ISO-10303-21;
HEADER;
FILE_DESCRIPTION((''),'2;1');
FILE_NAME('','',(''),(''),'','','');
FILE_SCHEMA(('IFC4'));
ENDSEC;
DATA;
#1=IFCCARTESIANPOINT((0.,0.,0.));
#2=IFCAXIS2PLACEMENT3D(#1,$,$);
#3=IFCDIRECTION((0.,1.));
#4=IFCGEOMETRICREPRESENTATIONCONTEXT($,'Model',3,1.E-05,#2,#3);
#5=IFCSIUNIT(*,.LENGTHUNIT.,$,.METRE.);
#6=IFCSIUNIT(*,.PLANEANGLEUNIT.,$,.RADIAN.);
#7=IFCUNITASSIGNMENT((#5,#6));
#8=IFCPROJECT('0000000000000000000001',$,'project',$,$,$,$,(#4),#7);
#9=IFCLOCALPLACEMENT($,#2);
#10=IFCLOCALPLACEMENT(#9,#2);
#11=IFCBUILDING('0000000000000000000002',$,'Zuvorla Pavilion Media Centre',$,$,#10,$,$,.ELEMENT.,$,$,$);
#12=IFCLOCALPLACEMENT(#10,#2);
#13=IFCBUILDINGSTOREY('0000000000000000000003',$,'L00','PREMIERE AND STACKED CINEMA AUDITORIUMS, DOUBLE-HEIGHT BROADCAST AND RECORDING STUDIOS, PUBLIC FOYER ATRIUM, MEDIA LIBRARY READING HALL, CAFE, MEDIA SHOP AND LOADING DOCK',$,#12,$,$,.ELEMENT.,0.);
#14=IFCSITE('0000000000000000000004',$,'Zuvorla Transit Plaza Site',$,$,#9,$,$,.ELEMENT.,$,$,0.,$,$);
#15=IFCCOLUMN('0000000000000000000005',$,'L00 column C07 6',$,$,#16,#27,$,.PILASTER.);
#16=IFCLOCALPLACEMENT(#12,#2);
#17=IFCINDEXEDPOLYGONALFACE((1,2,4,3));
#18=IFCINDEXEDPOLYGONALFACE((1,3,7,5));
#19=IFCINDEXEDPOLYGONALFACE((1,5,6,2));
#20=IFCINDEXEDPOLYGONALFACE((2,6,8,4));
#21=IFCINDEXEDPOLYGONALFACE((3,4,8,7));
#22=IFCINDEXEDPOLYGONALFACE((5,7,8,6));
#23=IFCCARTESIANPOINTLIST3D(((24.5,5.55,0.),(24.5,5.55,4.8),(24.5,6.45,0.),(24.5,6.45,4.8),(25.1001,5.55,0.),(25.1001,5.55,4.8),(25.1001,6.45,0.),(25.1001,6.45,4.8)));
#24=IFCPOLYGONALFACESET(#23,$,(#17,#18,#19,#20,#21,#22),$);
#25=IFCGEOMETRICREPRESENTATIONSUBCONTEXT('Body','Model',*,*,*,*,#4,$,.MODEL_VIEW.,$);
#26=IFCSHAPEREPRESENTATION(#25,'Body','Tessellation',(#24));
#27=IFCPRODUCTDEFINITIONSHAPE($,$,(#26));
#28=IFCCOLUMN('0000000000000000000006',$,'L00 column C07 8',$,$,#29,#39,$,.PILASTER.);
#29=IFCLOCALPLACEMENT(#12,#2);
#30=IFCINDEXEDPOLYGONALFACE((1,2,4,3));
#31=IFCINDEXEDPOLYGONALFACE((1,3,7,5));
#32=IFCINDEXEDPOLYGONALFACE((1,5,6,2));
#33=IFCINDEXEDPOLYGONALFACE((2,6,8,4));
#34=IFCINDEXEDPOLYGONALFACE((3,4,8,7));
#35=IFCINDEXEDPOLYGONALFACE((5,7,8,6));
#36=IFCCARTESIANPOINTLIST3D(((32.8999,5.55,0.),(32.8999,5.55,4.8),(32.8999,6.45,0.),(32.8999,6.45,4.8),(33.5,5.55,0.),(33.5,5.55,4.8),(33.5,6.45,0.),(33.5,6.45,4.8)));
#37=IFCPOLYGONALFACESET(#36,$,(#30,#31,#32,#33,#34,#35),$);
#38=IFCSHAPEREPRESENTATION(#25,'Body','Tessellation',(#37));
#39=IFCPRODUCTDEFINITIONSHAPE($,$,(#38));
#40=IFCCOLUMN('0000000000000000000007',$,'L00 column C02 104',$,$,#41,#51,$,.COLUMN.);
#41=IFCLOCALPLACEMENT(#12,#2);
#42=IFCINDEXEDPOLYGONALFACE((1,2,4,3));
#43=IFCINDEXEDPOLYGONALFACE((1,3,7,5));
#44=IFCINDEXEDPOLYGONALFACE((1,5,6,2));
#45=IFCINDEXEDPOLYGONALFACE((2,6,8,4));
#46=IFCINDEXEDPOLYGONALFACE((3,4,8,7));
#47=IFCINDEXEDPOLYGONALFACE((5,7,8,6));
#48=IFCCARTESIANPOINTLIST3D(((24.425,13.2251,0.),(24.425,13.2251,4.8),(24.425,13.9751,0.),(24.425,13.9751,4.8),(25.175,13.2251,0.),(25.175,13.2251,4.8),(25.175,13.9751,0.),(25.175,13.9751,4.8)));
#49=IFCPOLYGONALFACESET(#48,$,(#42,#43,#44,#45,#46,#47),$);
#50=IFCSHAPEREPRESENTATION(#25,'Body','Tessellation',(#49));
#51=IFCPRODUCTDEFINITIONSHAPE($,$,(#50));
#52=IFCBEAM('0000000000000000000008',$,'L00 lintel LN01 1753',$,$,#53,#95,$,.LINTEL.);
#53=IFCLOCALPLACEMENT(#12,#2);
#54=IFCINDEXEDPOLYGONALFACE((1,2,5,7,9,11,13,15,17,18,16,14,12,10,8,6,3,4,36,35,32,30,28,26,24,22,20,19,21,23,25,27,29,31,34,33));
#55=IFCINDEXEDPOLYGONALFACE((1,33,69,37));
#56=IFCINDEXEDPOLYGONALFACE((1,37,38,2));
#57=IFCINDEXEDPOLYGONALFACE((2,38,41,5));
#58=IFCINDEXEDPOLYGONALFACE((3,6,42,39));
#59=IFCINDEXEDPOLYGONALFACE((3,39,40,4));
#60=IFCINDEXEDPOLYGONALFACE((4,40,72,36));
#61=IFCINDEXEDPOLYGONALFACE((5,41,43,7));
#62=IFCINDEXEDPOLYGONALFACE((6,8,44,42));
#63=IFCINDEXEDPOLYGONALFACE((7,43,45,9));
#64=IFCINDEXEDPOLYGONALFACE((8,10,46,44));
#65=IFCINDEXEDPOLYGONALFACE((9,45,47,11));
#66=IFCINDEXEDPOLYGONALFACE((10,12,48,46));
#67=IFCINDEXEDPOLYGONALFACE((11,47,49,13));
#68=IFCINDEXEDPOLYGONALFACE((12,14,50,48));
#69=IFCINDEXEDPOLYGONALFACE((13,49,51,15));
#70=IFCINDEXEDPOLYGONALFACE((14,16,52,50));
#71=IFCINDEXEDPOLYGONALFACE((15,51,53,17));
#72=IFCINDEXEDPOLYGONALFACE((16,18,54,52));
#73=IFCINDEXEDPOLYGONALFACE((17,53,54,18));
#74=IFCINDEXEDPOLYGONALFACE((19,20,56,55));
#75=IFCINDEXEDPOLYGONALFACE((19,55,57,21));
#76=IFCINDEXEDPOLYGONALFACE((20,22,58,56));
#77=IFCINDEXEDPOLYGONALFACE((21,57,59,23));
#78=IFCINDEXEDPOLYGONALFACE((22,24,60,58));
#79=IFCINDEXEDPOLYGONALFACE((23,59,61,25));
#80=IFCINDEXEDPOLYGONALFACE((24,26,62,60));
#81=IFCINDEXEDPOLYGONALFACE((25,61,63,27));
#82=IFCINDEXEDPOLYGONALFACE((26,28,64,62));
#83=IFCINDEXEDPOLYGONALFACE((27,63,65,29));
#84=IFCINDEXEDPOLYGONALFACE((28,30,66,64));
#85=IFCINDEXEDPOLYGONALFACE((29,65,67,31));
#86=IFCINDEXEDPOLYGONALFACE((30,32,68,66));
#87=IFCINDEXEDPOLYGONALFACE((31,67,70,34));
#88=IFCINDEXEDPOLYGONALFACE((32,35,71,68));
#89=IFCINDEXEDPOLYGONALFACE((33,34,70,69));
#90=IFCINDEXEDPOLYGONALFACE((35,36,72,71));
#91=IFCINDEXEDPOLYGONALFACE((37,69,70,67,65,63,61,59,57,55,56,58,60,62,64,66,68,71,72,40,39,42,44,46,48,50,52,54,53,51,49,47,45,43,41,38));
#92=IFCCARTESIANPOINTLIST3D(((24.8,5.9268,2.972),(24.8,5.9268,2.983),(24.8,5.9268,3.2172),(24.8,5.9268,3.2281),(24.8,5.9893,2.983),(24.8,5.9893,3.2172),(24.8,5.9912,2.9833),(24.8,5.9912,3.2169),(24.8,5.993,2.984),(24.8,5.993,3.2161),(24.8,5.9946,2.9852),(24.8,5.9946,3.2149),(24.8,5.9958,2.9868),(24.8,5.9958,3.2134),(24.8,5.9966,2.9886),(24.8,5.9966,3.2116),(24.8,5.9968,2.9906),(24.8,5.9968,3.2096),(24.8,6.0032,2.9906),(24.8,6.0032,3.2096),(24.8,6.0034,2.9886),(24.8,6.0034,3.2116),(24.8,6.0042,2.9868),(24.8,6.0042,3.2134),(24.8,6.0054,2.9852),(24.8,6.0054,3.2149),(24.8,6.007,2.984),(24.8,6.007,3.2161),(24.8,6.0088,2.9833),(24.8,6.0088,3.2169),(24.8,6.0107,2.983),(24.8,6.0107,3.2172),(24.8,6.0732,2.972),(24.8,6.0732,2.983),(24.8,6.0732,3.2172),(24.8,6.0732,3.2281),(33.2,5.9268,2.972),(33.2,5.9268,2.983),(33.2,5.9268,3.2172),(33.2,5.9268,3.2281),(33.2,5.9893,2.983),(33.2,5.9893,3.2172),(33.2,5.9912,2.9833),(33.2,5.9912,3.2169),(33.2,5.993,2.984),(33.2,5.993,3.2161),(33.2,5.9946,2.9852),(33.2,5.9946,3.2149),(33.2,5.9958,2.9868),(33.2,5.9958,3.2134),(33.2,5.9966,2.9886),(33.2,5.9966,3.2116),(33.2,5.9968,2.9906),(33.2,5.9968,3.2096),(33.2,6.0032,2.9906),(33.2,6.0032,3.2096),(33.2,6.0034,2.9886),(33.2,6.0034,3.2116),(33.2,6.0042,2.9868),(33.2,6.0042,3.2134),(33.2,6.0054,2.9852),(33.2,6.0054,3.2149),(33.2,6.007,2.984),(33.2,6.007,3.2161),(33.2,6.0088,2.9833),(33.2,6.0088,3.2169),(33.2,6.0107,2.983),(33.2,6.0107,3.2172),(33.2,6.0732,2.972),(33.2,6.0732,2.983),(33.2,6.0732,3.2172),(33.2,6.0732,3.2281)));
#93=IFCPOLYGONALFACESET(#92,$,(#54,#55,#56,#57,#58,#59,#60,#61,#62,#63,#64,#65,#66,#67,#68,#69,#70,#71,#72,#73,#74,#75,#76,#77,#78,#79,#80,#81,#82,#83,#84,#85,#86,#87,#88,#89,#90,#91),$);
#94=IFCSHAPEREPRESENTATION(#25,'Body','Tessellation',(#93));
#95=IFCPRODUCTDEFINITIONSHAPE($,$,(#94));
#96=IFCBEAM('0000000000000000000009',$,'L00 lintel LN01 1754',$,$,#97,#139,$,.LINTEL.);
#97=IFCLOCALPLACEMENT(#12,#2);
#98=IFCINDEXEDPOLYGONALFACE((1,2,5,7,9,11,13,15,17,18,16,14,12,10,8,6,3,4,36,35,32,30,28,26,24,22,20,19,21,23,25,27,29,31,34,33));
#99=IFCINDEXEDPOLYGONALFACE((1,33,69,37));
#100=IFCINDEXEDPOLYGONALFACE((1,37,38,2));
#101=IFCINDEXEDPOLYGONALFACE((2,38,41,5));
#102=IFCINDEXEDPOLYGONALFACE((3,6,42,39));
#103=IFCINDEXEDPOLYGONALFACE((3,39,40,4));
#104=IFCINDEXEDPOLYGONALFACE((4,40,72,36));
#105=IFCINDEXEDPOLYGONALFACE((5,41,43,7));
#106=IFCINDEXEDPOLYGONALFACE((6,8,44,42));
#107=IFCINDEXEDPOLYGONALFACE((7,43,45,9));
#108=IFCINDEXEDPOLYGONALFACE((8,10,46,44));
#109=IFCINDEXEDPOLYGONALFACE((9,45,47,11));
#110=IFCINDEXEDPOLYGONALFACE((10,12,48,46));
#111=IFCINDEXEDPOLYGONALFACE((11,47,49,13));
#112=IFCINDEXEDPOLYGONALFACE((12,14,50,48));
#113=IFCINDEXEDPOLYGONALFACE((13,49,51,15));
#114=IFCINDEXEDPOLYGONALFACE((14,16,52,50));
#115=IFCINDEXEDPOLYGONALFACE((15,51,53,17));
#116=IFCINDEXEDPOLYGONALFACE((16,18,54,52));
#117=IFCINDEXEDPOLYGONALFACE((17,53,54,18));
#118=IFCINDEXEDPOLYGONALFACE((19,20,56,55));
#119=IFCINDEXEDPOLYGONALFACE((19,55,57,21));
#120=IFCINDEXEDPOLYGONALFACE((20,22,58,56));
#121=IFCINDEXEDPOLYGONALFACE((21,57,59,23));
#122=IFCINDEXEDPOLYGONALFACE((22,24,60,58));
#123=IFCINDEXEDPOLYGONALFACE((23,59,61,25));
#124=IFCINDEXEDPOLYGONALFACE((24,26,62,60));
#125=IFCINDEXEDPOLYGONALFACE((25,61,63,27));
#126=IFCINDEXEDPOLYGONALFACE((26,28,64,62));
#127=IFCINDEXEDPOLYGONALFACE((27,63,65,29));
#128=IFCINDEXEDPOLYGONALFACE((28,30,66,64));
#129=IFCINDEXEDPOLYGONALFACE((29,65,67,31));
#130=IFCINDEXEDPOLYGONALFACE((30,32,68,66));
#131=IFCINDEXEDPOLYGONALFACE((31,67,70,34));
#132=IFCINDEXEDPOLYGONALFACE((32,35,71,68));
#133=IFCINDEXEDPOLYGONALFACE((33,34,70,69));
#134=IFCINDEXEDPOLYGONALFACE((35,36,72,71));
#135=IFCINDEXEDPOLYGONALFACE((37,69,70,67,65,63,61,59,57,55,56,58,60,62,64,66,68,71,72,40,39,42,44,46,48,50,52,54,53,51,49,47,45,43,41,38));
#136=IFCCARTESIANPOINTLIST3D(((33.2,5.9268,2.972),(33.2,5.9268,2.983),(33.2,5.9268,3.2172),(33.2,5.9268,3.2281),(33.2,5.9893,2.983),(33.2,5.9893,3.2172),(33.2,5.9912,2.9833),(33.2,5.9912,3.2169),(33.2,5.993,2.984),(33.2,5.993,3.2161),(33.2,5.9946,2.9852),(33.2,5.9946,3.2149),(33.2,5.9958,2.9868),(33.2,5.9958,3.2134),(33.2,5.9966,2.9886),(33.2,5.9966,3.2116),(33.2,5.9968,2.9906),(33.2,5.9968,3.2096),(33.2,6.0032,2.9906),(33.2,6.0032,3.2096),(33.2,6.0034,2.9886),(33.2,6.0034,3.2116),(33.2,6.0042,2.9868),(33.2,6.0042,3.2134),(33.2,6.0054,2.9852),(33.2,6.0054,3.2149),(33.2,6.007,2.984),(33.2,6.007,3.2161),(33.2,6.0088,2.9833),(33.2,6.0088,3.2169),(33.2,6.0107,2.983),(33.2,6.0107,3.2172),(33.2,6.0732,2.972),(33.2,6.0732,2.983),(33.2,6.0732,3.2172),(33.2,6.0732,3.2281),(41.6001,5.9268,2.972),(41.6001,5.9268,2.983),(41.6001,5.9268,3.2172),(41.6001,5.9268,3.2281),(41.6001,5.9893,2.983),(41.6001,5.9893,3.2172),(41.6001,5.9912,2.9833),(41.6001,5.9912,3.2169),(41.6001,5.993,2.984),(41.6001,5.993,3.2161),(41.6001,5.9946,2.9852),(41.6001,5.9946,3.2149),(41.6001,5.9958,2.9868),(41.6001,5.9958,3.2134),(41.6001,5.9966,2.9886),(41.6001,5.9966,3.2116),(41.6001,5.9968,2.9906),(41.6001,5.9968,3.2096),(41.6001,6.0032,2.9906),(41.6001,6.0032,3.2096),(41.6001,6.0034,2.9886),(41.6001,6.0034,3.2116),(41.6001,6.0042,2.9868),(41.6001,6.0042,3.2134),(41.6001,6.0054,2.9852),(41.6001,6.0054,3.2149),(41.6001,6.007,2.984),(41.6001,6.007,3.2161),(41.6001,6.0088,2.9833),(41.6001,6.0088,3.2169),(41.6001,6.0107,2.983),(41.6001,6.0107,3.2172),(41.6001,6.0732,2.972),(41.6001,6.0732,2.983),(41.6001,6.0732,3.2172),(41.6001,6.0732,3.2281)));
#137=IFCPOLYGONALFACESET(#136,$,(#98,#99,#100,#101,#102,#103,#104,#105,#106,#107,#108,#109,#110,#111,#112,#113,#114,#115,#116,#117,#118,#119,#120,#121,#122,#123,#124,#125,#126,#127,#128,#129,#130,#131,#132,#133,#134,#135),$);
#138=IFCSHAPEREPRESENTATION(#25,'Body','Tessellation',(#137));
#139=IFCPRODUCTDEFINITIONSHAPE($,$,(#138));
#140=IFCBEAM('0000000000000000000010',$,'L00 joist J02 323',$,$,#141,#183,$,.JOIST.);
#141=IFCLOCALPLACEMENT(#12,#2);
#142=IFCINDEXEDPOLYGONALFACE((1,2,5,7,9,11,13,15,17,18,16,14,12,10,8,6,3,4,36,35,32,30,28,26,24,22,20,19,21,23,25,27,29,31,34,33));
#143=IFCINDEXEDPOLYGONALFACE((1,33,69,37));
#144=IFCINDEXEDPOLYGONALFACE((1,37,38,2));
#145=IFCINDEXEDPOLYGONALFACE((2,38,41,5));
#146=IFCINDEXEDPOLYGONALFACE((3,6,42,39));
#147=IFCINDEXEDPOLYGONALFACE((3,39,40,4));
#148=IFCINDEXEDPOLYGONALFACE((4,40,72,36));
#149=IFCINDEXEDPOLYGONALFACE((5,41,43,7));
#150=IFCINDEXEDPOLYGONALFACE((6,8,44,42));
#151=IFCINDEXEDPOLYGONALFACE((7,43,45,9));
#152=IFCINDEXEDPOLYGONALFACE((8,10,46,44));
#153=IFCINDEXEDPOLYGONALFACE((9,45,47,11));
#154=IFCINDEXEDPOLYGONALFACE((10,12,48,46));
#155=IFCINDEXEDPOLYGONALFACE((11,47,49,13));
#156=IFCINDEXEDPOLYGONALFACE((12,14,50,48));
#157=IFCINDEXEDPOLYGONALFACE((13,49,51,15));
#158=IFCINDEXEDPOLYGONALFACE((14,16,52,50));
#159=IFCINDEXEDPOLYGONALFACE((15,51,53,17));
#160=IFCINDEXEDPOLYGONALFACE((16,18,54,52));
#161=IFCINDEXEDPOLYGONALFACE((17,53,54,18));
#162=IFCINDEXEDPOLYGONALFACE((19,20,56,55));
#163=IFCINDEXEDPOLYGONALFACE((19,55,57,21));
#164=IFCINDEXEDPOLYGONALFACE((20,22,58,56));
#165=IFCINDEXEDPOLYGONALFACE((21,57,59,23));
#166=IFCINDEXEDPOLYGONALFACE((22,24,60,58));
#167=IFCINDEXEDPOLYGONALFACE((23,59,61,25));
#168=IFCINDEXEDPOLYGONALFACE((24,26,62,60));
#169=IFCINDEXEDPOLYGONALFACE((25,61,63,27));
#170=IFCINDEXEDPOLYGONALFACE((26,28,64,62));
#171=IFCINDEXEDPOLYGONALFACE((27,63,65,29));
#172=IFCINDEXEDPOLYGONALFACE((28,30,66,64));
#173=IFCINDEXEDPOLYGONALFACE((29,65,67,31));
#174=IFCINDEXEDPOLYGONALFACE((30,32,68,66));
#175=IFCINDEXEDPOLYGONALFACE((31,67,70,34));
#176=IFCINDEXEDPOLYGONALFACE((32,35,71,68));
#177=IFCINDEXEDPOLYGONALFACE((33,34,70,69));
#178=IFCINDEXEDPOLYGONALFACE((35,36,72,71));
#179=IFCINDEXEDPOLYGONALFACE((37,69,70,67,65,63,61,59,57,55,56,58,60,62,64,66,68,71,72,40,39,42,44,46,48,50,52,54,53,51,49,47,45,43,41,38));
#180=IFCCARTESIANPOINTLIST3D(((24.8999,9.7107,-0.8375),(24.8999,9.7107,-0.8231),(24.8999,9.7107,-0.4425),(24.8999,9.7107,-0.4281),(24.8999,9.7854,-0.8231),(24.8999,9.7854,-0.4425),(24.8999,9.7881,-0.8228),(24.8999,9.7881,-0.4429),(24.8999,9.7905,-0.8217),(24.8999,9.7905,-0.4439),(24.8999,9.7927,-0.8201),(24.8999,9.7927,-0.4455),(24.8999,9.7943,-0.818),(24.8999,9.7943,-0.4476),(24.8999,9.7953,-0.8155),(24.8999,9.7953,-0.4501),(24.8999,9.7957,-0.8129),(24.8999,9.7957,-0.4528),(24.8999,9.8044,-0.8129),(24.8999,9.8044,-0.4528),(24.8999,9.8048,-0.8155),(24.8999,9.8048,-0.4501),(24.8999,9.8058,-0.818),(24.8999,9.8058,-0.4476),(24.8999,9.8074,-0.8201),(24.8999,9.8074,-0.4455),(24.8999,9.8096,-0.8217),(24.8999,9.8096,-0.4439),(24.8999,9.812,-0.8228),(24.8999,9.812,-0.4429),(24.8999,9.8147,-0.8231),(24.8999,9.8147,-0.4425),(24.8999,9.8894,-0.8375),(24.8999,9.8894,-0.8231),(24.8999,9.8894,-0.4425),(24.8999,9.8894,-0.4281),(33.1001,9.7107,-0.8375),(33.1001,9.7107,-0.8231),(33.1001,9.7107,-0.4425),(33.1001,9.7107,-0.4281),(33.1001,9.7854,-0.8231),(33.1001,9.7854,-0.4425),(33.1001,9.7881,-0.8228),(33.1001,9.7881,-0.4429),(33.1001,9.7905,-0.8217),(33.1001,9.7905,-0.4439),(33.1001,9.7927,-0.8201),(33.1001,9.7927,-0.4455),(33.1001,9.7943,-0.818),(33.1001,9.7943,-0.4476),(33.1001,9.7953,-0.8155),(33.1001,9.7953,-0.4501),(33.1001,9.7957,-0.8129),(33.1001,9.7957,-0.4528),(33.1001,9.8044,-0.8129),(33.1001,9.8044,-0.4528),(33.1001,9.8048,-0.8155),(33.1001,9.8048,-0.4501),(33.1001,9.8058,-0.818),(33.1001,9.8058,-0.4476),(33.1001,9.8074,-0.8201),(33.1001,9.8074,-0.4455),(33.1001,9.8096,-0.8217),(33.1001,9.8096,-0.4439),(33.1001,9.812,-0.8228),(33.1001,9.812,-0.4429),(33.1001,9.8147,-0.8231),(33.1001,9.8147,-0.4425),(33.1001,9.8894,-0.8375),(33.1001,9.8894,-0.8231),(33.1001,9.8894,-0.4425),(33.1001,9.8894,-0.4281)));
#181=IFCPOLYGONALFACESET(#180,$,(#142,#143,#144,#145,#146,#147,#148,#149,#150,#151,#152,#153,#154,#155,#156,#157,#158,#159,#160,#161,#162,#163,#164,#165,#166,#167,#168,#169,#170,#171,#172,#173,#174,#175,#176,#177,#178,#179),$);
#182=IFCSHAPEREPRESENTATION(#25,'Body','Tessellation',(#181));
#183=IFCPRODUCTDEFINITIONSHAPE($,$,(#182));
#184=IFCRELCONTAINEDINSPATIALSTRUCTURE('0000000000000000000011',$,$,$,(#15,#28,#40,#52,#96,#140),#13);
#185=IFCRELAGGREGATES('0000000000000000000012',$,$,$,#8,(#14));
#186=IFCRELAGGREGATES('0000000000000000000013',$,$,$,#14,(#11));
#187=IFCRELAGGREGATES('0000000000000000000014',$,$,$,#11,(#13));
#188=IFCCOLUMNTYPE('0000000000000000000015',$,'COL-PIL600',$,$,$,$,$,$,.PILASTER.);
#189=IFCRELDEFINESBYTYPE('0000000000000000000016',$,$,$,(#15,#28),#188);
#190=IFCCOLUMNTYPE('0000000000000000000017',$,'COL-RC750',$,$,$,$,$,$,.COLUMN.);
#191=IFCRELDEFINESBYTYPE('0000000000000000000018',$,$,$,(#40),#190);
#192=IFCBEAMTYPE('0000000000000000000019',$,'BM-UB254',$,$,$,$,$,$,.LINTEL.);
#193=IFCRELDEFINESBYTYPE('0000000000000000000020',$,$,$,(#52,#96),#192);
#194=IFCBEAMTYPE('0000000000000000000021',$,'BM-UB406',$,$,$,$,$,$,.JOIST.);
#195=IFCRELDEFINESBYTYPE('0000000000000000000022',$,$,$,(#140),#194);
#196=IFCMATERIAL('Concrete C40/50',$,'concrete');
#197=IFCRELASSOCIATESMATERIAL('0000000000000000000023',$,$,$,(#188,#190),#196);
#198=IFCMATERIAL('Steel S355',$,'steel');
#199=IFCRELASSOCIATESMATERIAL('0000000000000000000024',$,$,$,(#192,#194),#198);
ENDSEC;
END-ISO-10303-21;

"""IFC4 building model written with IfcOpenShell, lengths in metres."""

from ifc_helpers import new_model, si_unit, direction, frame, origin, origin_2d, place, context, subcontext, project, spatial, rectangle, i_section, extrude, material, material_profile, profile_set, type_object, element, save


model = new_model("IFC4")

# Units and contexts
model_context = context("Model", 3, precision=1e-05, world=origin(), true_north=direction((0.0, 1.0)))
body_context = subcontext(model_context, "Body", "Model", "MODEL_VIEW")
ifc_project = project(units=[si_unit("LENGTHUNIT", "METRE"), si_unit("PLANEANGLEUNIT", "RADIAN")], contexts=[model_context])

# Site, building, storey
site_placement = place(None, origin())
site = spatial("IfcSite", under=ifc_project, at=site_placement, Name="Zuvorla Transit Plaza Site", CompositionType="ELEMENT", RefElevation=0.0)
building_placement = place(site_placement, origin())
building = spatial("IfcBuilding", under=site, at=building_placement, Name="Zuvorla Pavilion Media Centre", CompositionType="ELEMENT")
storey_placement = place(building_placement, origin())
storey = spatial("IfcBuildingStorey", under=building, at=storey_placement, Name="L00", Description="PREMIERE AND STACKED CINEMA AUDITORIUMS, DOUBLE-HEIGHT BROADCAST AND RECORDING STUDIOS, PUBLIC FOYER ATRIUM, MEDIA LIBRARY READING HALL, CAFE, MEDIA SHOP AND LOADING DOCK", CompositionType="ELEMENT", Elevation=0.0)

# Columns
ifc_material_1 = material(Name="Concrete C40/50", Category="concrete")
ifc_material_profile_1 = material_profile(ifc_material_1, rectangle(XDim=0.6001, YDim=0.8999, at=origin_2d()), Name="RC 600x900")
ifc_profile_set_1 = profile_set([ifc_material_profile_1], Name="Concrete C40/50")
column_type_1 = type_object("IfcColumnType", Name="COL-PIL600", PredefinedType="PILASTER", material=ifc_profile_set_1)
for number, where, z_axis, x_axis, name in (
    (1, (24.8, 6.0, 0.0), (0.0, 0.0, 1.0), (1.0, 0.0, 0.0), "L00 column C07 6"),
    (2, (33.2, 6.0, 0.0), (0.0, 0.0, 1.0), (1.0, 0.0, 0.0), "L00 column C07 8"),
):
    element("IfcColumn", number, at=place(storey_placement, frame(where, z_axis=z_axis, x_axis=x_axis)), inside=storey, type_object=column_type_1, Name=name, PredefinedType="PILASTER", context=body_context, shape_type="SweptSolid", body=[
        extrude(rectangle(XDim=0.6001, YDim=0.8999, at=origin_2d()), origin(), (0.0, 0.0, 1.0), 4.8),
    ])
ifc_material_profile_2 = material_profile(ifc_material_1, rectangle(XDim=0.75, YDim=0.75, at=origin_2d()), Name="RC 750x750")
ifc_profile_set_2 = profile_set([ifc_material_profile_2], Name="Concrete C40/50")
column_type_2 = type_object("IfcColumnType", Name="COL-RC750", PredefinedType="COLUMN", material=ifc_profile_set_2)
column_placement = place(storey_placement, frame((24.8, 13.6001, 0.0), z_axis=(0.0, 0.0, 1.0), x_axis=(1.0, 0.0, 0.0)))
element("IfcColumn", 3, at=column_placement, inside=storey, type_object=column_type_2, Name="L00 column C02 104", PredefinedType="COLUMN", context=body_context, shape_type="SweptSolid", body=[
    extrude(rectangle(XDim=0.75, YDim=0.75, at=origin_2d()), origin(), (0.0, 0.0, 1.0), 4.8),
])

# Beams
ifc_material_2 = material(Name="Steel S355", Category="steel")
ifc_material_profile_3 = material_profile(ifc_material_2, i_section(OverallWidth=0.1465, OverallDepth=0.2561, WebThickness=0.0063, FlangeThickness=0.011, FilletRadius=0.0076, at=origin_2d()), Name="UB 254x146x37")
ifc_profile_set_3 = profile_set([ifc_material_profile_3], Name="Steel S355")
beam_type_1 = type_object("IfcBeamType", Name="BM-UB254", PredefinedType="LINTEL", material=ifc_profile_set_3)
beam_1_placement = place(storey_placement, frame((24.8, 6.0, 3.1001), z_axis=(1.0, 0.0, 0.0), x_axis=(0.0, 1.0, 0.0)))
element("IfcBeam", 4, at=beam_1_placement, inside=storey, type_object=beam_type_1, Name="L00 lintel LN01 1753", PredefinedType="LINTEL", context=body_context, shape_type="SweptSolid", body=[
    extrude(i_section(OverallWidth=0.1465, OverallDepth=0.2561, WebThickness=0.0063, FlangeThickness=0.011, FilletRadius=0.0076, at=origin_2d()), origin(), (0.0, 0.0, 1.0), 8.3999),
])
beam_2_placement = place(storey_placement, frame((33.2, 6.0, 3.1001), z_axis=(1.0, 0.0, 0.0), x_axis=(0.0, 1.0, 0.0)))
element("IfcBeam", 5, at=beam_2_placement, inside=storey, type_object=beam_type_1, Name="L00 lintel LN01 1754", PredefinedType="LINTEL", context=body_context, shape_type="SweptSolid", body=[
    extrude(i_section(OverallWidth=0.1465, OverallDepth=0.2561, WebThickness=0.0063, FlangeThickness=0.011, FilletRadius=0.0076, at=origin_2d()), origin(), (0.0, 0.0, 1.0), 8.4001),
])
ifc_material_profile_4 = material_profile(ifc_material_2, i_section(OverallWidth=0.1787, OverallDepth=0.4094, WebThickness=0.0088, FlangeThickness=0.0144, FilletRadius=0.0103, at=origin_2d()), Name="UB 406x178x67")
ifc_profile_set_4 = profile_set([ifc_material_profile_4], Name="Steel S355")
beam_type_2 = type_object("IfcBeamType", Name="BM-UB406", PredefinedType="JOIST", material=ifc_profile_set_4)
beam_3_placement = place(storey_placement, frame((24.8999, 9.8, -0.6328), z_axis=(1.0, 0.0, 0.0), x_axis=(0.0, 1.0, 0.0)))
element("IfcBeam", 6, at=beam_3_placement, inside=storey, type_object=beam_type_2, Name="L00 joist J02 323", PredefinedType="JOIST", context=body_context, shape_type="SweptSolid", body=[
    extrude(i_section(OverallWidth=0.1787, OverallDepth=0.4094, WebThickness=0.0088, FlangeThickness=0.0144, FilletRadius=0.0103, at=origin_2d()), origin(), (0.0, 0.0, 1.0), 8.2002),
])

save(model, "model.ifc")
